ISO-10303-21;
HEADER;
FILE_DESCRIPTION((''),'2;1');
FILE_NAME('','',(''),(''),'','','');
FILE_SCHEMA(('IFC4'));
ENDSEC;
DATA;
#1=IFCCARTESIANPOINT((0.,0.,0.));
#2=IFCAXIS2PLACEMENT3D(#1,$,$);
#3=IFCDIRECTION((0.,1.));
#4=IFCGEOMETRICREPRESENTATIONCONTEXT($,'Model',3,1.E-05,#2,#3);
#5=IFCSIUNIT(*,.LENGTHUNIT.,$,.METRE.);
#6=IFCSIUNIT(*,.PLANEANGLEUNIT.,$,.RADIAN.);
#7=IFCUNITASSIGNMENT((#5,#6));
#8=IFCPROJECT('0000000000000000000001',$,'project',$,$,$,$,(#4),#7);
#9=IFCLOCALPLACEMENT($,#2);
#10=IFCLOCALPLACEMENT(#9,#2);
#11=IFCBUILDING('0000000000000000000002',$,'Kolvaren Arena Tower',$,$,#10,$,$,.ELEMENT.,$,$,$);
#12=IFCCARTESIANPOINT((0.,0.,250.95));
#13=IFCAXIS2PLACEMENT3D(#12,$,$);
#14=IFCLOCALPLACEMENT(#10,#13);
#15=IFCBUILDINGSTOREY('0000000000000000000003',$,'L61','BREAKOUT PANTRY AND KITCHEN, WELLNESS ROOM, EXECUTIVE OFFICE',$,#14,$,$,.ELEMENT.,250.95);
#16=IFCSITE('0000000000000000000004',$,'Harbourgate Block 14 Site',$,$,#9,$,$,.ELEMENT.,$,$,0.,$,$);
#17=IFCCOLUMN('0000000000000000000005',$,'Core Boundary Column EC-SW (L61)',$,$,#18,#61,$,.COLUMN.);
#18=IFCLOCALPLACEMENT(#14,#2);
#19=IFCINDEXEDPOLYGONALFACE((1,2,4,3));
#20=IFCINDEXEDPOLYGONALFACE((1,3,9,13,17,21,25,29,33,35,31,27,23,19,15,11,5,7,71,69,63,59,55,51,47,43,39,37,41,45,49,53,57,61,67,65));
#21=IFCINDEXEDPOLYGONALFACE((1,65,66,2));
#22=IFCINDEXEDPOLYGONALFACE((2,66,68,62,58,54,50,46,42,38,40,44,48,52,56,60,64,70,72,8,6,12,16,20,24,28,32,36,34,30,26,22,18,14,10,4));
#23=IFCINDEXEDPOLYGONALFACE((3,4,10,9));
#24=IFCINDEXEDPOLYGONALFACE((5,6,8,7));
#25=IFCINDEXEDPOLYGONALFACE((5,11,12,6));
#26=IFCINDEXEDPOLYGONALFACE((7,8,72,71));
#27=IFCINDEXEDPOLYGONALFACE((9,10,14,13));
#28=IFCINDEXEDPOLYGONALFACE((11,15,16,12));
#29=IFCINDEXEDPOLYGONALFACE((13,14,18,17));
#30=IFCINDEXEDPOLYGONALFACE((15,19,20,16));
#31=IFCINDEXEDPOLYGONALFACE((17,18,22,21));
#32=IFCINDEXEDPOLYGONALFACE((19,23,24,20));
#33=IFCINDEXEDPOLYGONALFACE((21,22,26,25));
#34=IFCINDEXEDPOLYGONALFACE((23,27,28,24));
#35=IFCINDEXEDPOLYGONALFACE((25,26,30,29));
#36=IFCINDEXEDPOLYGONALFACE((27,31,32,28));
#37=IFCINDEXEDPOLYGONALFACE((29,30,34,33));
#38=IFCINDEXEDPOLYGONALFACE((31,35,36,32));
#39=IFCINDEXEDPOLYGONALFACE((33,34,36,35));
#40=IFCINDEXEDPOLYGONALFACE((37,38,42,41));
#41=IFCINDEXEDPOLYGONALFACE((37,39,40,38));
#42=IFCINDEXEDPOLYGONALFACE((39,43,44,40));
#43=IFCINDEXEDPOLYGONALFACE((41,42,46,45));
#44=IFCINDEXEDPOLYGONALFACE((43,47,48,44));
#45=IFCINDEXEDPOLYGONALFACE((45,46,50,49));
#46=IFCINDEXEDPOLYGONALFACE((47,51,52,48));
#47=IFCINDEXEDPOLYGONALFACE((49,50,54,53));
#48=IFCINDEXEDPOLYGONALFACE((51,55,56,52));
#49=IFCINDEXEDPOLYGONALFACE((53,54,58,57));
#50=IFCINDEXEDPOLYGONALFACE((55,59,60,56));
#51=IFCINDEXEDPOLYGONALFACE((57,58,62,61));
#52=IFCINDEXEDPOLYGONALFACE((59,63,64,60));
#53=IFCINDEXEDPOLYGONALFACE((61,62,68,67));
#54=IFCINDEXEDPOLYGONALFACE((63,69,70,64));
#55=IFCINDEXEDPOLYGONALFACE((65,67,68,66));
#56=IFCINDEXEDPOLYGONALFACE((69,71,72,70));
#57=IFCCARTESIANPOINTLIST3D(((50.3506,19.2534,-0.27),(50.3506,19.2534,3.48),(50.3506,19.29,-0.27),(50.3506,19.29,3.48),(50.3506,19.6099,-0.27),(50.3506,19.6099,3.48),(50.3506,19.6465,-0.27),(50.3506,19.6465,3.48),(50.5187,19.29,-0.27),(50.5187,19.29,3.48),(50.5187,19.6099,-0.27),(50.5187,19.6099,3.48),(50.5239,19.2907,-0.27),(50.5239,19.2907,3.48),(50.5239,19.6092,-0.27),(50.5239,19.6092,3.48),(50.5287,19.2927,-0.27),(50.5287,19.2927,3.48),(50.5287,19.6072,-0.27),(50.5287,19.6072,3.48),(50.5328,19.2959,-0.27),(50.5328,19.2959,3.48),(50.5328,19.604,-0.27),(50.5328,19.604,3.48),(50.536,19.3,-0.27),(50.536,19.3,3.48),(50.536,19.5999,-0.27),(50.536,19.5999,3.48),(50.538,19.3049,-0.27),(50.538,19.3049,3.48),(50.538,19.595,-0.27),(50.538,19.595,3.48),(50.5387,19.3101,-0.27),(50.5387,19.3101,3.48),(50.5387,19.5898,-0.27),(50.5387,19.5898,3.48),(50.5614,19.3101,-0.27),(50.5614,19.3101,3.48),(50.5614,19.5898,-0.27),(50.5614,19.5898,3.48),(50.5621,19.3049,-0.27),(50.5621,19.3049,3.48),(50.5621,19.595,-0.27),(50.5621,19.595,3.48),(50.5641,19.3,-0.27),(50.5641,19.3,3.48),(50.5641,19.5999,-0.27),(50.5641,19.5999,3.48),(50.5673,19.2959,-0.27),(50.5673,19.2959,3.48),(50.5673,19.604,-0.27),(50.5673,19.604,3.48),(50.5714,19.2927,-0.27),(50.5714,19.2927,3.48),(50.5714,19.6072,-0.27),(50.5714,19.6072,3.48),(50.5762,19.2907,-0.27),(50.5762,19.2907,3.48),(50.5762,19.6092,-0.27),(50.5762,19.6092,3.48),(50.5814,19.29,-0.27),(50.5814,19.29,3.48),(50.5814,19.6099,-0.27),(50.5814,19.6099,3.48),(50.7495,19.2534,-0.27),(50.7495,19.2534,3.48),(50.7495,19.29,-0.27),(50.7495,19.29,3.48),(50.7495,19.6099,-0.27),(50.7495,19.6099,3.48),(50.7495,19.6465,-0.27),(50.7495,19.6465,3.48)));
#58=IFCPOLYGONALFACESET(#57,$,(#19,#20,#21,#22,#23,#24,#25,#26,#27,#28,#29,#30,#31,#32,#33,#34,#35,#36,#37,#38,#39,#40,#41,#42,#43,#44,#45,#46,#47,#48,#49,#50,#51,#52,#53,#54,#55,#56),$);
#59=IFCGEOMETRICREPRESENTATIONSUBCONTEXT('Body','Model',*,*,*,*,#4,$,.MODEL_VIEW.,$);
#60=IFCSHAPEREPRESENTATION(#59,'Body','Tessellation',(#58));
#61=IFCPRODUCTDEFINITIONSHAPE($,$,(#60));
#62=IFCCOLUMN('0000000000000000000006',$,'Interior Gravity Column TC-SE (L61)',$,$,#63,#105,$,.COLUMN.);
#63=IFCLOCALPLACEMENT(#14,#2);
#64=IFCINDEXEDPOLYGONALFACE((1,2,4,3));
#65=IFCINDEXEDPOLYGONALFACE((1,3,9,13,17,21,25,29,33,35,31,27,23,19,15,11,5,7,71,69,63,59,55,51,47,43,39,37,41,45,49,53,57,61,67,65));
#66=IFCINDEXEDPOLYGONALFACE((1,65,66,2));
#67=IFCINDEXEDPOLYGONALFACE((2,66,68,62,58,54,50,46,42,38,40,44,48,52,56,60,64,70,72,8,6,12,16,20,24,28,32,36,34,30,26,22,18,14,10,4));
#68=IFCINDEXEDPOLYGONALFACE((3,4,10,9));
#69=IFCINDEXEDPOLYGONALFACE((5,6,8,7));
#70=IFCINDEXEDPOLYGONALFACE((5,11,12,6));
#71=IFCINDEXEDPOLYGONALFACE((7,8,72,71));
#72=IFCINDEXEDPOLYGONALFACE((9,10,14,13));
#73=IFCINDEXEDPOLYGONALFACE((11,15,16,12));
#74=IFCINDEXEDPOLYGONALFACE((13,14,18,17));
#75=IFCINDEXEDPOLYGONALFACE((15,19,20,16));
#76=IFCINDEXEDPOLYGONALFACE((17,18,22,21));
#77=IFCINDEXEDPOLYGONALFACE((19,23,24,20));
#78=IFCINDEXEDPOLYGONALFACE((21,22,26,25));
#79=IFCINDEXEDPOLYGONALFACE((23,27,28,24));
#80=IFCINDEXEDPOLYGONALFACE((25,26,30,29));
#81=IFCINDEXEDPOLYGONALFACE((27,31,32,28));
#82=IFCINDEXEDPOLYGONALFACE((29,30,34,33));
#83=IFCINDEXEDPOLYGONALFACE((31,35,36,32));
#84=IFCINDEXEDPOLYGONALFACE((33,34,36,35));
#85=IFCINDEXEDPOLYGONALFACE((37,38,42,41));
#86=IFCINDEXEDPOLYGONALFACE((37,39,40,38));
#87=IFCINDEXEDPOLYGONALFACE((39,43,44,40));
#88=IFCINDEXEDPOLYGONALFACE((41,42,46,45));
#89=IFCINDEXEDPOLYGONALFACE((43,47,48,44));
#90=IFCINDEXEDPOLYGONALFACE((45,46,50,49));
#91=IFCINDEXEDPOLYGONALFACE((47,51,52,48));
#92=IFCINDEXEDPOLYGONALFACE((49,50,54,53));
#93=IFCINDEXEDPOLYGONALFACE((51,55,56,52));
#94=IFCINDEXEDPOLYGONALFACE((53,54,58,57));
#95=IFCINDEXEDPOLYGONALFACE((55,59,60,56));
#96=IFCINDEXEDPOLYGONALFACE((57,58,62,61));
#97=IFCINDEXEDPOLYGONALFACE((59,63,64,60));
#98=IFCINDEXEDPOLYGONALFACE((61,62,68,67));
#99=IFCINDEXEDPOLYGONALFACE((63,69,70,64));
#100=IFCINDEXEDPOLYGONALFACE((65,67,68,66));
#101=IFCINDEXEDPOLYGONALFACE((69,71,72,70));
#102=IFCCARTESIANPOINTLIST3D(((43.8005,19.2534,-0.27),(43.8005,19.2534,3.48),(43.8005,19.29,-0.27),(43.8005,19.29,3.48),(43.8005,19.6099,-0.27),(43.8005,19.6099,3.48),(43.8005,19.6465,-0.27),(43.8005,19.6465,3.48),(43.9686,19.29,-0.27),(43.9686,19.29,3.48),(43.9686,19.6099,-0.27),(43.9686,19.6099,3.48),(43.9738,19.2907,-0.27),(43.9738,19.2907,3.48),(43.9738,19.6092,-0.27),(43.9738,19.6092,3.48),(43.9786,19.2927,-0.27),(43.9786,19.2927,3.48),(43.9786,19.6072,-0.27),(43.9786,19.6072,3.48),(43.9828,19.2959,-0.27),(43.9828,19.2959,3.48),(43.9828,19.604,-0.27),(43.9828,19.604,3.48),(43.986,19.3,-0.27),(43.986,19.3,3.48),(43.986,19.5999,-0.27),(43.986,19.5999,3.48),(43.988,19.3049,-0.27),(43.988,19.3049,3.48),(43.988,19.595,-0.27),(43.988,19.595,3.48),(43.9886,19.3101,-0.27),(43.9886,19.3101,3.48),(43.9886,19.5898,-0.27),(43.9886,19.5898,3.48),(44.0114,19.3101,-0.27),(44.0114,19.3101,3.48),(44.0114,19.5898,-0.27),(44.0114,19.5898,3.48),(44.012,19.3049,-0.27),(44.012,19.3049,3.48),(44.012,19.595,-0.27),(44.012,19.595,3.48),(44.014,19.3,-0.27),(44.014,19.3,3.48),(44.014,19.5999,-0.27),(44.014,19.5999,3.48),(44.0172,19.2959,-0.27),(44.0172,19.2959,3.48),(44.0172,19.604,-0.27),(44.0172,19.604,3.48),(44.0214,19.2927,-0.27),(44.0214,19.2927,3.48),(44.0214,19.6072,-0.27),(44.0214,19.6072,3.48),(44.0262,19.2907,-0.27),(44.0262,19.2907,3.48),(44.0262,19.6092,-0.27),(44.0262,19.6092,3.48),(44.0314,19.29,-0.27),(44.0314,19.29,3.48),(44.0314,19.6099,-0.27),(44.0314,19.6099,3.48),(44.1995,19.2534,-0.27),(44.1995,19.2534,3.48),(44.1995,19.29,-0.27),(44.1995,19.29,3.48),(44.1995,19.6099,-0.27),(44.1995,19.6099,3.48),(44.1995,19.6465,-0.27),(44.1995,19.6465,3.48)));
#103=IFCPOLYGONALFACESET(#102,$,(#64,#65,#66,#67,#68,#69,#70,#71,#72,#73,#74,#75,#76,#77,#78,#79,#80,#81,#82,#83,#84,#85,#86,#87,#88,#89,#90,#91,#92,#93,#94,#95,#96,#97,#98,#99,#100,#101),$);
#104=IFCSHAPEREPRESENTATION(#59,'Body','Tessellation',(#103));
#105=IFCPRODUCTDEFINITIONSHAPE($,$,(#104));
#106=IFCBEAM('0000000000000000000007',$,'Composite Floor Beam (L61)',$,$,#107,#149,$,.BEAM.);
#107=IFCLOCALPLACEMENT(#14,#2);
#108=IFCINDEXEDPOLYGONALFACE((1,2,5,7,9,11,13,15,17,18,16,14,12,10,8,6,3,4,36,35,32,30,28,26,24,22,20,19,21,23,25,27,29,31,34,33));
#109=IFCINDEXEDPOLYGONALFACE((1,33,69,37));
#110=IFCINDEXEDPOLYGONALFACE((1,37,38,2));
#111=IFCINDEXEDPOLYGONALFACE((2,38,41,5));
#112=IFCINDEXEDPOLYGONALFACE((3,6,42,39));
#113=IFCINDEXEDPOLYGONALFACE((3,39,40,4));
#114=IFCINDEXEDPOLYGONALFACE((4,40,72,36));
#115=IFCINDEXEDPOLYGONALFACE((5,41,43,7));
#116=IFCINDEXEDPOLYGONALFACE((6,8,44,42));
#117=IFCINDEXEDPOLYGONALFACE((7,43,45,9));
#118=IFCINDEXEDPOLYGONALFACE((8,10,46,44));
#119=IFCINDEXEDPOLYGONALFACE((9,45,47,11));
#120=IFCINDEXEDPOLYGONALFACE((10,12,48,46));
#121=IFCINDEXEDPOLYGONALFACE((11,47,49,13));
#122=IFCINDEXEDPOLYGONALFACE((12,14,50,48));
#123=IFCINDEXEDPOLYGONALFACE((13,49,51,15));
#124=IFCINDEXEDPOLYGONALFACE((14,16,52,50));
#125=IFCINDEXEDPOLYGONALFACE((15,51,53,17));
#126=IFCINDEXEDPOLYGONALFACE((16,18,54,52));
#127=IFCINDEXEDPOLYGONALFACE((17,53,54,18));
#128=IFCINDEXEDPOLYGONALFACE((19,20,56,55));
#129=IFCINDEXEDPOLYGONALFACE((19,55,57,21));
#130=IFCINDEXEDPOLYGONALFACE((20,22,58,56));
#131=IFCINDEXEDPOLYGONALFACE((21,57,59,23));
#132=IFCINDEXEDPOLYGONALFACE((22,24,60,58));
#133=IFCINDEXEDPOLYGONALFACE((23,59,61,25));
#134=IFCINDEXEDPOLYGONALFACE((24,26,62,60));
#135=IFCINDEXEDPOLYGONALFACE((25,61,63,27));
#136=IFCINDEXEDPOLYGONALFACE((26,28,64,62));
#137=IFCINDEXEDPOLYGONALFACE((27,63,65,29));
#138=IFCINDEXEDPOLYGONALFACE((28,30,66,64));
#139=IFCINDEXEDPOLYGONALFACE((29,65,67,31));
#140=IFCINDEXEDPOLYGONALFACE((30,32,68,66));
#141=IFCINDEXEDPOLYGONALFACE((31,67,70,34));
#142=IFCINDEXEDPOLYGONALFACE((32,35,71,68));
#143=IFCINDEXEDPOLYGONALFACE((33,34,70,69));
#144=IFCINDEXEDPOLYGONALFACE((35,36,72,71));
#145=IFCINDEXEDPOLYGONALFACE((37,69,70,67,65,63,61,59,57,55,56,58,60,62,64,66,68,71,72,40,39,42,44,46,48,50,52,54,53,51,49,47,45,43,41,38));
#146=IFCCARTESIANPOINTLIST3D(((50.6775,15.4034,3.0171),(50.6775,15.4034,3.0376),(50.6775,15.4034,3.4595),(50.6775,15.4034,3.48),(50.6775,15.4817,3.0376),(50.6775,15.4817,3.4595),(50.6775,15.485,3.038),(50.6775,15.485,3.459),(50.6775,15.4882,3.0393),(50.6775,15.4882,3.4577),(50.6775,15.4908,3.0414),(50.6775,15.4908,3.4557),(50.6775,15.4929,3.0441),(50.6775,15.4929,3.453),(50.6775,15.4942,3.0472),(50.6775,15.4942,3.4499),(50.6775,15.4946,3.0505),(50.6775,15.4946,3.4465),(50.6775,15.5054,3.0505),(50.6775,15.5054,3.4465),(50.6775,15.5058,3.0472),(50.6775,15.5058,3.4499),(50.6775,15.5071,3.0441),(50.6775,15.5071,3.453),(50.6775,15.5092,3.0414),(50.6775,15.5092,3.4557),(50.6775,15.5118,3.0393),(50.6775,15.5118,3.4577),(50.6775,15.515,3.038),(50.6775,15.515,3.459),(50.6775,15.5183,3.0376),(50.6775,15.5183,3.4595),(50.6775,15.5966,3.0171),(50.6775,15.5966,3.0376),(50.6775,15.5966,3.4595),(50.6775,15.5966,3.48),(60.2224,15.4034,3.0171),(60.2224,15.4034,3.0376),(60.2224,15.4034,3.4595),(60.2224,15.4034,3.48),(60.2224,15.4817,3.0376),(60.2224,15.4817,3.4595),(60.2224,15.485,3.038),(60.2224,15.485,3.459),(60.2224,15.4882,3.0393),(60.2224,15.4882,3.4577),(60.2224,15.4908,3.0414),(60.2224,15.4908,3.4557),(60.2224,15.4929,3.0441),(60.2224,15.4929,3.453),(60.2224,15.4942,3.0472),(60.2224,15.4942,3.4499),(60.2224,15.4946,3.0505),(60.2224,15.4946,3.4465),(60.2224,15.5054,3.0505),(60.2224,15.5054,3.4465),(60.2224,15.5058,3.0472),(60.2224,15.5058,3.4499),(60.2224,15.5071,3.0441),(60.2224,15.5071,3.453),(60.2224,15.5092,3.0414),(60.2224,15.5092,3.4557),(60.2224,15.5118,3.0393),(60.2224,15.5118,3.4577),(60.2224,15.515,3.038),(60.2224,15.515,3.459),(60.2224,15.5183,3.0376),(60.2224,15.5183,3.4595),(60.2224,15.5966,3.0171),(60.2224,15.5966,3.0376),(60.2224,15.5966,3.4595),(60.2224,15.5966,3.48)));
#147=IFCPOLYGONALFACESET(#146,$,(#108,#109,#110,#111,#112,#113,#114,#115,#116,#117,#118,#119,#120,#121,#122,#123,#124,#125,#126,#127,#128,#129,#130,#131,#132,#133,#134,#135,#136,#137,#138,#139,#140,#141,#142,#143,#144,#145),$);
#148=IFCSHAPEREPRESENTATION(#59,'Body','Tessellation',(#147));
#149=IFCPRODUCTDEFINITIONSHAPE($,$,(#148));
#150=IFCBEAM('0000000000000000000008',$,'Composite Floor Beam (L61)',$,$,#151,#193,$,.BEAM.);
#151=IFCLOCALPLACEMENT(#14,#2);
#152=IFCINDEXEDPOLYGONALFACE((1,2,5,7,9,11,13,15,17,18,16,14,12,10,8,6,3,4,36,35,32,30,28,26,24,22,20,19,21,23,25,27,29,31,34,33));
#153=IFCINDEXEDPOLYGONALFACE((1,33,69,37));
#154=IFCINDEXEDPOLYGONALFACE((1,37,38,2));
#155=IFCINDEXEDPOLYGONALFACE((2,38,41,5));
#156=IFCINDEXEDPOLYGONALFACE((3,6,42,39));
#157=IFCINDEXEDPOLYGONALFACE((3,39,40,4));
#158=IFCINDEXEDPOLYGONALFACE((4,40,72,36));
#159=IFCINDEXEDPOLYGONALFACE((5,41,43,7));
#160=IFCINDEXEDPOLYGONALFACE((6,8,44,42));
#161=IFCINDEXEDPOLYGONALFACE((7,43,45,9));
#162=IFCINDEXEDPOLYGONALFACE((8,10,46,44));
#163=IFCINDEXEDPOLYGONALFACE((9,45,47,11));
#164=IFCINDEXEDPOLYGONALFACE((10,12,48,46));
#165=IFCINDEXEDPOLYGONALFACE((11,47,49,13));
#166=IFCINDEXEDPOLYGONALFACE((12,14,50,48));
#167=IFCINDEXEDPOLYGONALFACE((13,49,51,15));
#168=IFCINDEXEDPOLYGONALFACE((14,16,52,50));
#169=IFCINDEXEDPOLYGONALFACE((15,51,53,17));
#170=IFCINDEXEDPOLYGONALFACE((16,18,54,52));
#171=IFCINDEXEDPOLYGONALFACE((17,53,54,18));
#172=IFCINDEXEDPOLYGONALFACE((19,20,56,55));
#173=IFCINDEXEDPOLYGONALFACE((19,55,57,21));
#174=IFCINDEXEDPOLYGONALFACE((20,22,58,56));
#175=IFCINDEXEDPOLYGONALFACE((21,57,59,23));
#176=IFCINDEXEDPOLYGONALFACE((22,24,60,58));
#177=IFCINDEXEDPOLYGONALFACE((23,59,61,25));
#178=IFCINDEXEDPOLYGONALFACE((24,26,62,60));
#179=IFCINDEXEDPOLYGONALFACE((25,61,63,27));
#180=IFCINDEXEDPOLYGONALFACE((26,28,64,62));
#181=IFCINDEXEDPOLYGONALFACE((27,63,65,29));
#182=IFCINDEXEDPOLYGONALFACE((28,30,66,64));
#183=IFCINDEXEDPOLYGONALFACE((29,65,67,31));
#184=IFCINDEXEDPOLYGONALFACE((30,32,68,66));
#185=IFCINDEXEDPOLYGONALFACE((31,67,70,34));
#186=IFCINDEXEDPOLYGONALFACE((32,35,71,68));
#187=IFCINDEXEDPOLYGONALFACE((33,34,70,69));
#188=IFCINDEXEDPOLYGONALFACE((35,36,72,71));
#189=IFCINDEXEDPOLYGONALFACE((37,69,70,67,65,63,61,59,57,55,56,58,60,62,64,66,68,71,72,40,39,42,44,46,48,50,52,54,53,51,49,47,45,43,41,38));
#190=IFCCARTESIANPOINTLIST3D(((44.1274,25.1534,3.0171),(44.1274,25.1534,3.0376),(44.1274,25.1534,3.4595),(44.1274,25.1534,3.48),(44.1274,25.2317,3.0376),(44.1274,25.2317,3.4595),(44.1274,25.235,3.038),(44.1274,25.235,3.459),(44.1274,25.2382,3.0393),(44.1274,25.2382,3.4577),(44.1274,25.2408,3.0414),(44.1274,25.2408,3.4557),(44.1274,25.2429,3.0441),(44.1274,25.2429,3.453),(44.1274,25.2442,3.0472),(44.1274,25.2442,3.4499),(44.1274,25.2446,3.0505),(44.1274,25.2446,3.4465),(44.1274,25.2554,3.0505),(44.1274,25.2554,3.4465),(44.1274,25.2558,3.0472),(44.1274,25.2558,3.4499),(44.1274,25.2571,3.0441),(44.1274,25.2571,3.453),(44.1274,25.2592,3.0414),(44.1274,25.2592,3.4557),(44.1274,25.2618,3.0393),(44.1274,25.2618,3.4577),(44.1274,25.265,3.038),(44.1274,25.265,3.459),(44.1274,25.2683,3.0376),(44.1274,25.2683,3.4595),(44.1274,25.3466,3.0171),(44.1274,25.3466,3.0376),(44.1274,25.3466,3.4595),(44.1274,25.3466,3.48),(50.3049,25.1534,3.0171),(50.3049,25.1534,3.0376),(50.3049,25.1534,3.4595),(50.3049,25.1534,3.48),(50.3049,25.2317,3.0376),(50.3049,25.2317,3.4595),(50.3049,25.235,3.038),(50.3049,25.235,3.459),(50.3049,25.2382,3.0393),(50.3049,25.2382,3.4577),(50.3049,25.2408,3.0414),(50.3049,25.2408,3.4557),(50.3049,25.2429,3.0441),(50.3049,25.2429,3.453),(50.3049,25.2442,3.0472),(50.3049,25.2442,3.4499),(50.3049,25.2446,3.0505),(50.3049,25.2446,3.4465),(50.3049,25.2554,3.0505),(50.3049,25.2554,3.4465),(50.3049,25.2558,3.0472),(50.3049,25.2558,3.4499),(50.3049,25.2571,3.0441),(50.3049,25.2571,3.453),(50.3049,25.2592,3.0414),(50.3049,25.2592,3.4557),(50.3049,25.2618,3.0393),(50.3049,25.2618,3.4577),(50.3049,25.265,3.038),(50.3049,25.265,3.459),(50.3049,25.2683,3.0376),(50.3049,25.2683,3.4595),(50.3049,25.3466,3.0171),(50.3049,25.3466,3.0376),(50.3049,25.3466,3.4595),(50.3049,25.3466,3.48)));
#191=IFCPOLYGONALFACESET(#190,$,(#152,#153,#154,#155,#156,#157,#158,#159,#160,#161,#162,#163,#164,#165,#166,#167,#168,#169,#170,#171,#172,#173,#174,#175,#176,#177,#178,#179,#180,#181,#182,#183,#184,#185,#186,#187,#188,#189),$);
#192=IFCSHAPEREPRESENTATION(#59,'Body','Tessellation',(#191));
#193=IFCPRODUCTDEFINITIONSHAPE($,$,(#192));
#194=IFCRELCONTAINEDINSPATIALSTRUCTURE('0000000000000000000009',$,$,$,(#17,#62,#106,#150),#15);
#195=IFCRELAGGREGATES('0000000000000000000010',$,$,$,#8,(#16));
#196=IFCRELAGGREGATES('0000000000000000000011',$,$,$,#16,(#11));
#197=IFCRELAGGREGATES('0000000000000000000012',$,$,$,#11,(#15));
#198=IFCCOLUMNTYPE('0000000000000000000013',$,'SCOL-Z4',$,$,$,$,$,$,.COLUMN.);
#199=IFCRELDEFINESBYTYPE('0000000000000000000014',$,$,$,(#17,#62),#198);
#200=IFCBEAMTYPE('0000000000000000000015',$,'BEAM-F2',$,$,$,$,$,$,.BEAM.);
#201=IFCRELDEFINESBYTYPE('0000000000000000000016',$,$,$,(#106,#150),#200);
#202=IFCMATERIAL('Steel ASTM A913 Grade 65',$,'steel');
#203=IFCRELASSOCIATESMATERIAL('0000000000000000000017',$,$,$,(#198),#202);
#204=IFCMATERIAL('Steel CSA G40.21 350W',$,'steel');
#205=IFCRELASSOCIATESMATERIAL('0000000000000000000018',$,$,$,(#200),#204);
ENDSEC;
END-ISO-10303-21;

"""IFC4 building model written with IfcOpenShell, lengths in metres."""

from ifc_helpers import new_model, si_unit, direction, frame, origin, origin_2d, place, context, subcontext, project, spatial, i_section, extrude, material, material_profile, profile_set, type_object, element, save


model = new_model("IFC4")

# Units and contexts
model_context = context("Model", 3, precision=1e-05, world=origin(), true_north=direction((0.0, 1.0)))
body_context = subcontext(model_context, "Body", "Model", "MODEL_VIEW")
ifc_project = project(units=[si_unit("LENGTHUNIT", "METRE"), si_unit("PLANEANGLEUNIT", "RADIAN")], contexts=[model_context])

# Site, building, storey
site_placement = place(None, origin())
site = spatial("IfcSite", under=ifc_project, at=site_placement, Name="Harbourgate Block 14 Site", CompositionType="ELEMENT", RefElevation=0.0)
building_placement = place(site_placement, origin())
building = spatial("IfcBuilding", under=site, at=building_placement, Name="Kolvaren Arena Tower", CompositionType="ELEMENT")
storey_placement = place(building_placement, frame((0.0, 0.0, 250.95)))
storey = spatial("IfcBuildingStorey", under=building, at=storey_placement, Name="L61", Description="BREAKOUT PANTRY AND KITCHEN, WELLNESS ROOM, EXECUTIVE OFFICE", CompositionType="ELEMENT", Elevation=250.95)

# Columns
ifc_material_1 = material(Name="Steel ASTM A913 Grade 65", Category="steel")
ifc_material_profile_1 = material_profile(ifc_material_1, i_section(OverallWidth=0.3989, OverallDepth=0.3931, WebThickness=0.0227, FlangeThickness=0.0366, FilletRadius=0.02, at=origin_2d()), Name="W360x287")
ifc_profile_set_1 = profile_set([ifc_material_profile_1], Name="Steel ASTM A913 Grade 65")
column_type = type_object("IfcColumnType", Name="SCOL-Z4", PredefinedType="COLUMN", material=ifc_profile_set_1)
for number, where, z_axis, x_axis, name in (
    (1, (50.55, 19.45, -0.27), (0.0, 0.0, 1.0), (1.0, 0.0, 0.0), "Core Boundary Column EC-SW (L61)"),
    (2, (44.0, 19.45, -0.27), (0.0, 0.0, 1.0), (1.0, 0.0, 0.0), "Interior Gravity Column TC-SE (L61)"),
):
    element("IfcColumn", number, at=place(storey_placement, frame(where, z_axis=z_axis, x_axis=x_axis)), inside=storey, type_object=column_type, Name=name, PredefinedType="COLUMN", context=body_context, shape_type="SweptSolid", body=[
        extrude(i_section(OverallWidth=0.3989, OverallDepth=0.3931, WebThickness=0.0227, FlangeThickness=0.0366, FilletRadius=0.02, at=origin_2d()), origin(), (0.0, 0.0, 1.0), 3.75),
    ])

# Beams
ifc_material_2 = material(Name="Steel CSA G40.21 350W", Category="steel")
ifc_material_profile_2 = material_profile(ifc_material_2, i_section(OverallWidth=0.1931, OverallDepth=0.4629, WebThickness=0.0107, FlangeThickness=0.0205, FilletRadius=0.0129, at=origin_2d()), Name="W460x113")
ifc_profile_set_2 = profile_set([ifc_material_profile_2], Name="Steel CSA G40.21 350W")
beam_type_1 = type_object("IfcBeamType", Name="BEAM-F2", PredefinedType="BEAM", material=ifc_profile_set_2)
beam_1_placement = place(storey_placement, frame((50.6775, 15.5, 3.2485), z_axis=(1.0, 0.0, 0.0), x_axis=(0.0, 1.0, 0.0)))
element("IfcBeam", 3, at=beam_1_placement, inside=storey, type_object=beam_type_1, Name="Composite Floor Beam (L61)", PredefinedType="BEAM", context=body_context, shape_type="SweptSolid", body=[
    extrude(i_section(OverallWidth=0.1931, OverallDepth=0.4629, WebThickness=0.0107, FlangeThickness=0.0205, FilletRadius=0.0129, at=origin_2d()), origin(), (0.0, 0.0, 1.0), 9.5449),
])
beam_2_placement = place(storey_placement, frame((44.1274, 25.25, 3.2485), z_axis=(1.0, 0.0, 0.0), x_axis=(0.0, 1.0, 0.0)))
element("IfcBeam", 4, at=beam_2_placement, inside=storey, type_object=beam_type_1, Name="Composite Floor Beam (L61)", PredefinedType="BEAM", context=body_context, shape_type="SweptSolid", body=[
    extrude(i_section(OverallWidth=0.1931, OverallDepth=0.4629, WebThickness=0.0107, FlangeThickness=0.0205, FilletRadius=0.0129, at=origin_2d()), origin(), (0.0, 0.0, 1.0), 6.1775),
])

save(model, "model.ifc")
